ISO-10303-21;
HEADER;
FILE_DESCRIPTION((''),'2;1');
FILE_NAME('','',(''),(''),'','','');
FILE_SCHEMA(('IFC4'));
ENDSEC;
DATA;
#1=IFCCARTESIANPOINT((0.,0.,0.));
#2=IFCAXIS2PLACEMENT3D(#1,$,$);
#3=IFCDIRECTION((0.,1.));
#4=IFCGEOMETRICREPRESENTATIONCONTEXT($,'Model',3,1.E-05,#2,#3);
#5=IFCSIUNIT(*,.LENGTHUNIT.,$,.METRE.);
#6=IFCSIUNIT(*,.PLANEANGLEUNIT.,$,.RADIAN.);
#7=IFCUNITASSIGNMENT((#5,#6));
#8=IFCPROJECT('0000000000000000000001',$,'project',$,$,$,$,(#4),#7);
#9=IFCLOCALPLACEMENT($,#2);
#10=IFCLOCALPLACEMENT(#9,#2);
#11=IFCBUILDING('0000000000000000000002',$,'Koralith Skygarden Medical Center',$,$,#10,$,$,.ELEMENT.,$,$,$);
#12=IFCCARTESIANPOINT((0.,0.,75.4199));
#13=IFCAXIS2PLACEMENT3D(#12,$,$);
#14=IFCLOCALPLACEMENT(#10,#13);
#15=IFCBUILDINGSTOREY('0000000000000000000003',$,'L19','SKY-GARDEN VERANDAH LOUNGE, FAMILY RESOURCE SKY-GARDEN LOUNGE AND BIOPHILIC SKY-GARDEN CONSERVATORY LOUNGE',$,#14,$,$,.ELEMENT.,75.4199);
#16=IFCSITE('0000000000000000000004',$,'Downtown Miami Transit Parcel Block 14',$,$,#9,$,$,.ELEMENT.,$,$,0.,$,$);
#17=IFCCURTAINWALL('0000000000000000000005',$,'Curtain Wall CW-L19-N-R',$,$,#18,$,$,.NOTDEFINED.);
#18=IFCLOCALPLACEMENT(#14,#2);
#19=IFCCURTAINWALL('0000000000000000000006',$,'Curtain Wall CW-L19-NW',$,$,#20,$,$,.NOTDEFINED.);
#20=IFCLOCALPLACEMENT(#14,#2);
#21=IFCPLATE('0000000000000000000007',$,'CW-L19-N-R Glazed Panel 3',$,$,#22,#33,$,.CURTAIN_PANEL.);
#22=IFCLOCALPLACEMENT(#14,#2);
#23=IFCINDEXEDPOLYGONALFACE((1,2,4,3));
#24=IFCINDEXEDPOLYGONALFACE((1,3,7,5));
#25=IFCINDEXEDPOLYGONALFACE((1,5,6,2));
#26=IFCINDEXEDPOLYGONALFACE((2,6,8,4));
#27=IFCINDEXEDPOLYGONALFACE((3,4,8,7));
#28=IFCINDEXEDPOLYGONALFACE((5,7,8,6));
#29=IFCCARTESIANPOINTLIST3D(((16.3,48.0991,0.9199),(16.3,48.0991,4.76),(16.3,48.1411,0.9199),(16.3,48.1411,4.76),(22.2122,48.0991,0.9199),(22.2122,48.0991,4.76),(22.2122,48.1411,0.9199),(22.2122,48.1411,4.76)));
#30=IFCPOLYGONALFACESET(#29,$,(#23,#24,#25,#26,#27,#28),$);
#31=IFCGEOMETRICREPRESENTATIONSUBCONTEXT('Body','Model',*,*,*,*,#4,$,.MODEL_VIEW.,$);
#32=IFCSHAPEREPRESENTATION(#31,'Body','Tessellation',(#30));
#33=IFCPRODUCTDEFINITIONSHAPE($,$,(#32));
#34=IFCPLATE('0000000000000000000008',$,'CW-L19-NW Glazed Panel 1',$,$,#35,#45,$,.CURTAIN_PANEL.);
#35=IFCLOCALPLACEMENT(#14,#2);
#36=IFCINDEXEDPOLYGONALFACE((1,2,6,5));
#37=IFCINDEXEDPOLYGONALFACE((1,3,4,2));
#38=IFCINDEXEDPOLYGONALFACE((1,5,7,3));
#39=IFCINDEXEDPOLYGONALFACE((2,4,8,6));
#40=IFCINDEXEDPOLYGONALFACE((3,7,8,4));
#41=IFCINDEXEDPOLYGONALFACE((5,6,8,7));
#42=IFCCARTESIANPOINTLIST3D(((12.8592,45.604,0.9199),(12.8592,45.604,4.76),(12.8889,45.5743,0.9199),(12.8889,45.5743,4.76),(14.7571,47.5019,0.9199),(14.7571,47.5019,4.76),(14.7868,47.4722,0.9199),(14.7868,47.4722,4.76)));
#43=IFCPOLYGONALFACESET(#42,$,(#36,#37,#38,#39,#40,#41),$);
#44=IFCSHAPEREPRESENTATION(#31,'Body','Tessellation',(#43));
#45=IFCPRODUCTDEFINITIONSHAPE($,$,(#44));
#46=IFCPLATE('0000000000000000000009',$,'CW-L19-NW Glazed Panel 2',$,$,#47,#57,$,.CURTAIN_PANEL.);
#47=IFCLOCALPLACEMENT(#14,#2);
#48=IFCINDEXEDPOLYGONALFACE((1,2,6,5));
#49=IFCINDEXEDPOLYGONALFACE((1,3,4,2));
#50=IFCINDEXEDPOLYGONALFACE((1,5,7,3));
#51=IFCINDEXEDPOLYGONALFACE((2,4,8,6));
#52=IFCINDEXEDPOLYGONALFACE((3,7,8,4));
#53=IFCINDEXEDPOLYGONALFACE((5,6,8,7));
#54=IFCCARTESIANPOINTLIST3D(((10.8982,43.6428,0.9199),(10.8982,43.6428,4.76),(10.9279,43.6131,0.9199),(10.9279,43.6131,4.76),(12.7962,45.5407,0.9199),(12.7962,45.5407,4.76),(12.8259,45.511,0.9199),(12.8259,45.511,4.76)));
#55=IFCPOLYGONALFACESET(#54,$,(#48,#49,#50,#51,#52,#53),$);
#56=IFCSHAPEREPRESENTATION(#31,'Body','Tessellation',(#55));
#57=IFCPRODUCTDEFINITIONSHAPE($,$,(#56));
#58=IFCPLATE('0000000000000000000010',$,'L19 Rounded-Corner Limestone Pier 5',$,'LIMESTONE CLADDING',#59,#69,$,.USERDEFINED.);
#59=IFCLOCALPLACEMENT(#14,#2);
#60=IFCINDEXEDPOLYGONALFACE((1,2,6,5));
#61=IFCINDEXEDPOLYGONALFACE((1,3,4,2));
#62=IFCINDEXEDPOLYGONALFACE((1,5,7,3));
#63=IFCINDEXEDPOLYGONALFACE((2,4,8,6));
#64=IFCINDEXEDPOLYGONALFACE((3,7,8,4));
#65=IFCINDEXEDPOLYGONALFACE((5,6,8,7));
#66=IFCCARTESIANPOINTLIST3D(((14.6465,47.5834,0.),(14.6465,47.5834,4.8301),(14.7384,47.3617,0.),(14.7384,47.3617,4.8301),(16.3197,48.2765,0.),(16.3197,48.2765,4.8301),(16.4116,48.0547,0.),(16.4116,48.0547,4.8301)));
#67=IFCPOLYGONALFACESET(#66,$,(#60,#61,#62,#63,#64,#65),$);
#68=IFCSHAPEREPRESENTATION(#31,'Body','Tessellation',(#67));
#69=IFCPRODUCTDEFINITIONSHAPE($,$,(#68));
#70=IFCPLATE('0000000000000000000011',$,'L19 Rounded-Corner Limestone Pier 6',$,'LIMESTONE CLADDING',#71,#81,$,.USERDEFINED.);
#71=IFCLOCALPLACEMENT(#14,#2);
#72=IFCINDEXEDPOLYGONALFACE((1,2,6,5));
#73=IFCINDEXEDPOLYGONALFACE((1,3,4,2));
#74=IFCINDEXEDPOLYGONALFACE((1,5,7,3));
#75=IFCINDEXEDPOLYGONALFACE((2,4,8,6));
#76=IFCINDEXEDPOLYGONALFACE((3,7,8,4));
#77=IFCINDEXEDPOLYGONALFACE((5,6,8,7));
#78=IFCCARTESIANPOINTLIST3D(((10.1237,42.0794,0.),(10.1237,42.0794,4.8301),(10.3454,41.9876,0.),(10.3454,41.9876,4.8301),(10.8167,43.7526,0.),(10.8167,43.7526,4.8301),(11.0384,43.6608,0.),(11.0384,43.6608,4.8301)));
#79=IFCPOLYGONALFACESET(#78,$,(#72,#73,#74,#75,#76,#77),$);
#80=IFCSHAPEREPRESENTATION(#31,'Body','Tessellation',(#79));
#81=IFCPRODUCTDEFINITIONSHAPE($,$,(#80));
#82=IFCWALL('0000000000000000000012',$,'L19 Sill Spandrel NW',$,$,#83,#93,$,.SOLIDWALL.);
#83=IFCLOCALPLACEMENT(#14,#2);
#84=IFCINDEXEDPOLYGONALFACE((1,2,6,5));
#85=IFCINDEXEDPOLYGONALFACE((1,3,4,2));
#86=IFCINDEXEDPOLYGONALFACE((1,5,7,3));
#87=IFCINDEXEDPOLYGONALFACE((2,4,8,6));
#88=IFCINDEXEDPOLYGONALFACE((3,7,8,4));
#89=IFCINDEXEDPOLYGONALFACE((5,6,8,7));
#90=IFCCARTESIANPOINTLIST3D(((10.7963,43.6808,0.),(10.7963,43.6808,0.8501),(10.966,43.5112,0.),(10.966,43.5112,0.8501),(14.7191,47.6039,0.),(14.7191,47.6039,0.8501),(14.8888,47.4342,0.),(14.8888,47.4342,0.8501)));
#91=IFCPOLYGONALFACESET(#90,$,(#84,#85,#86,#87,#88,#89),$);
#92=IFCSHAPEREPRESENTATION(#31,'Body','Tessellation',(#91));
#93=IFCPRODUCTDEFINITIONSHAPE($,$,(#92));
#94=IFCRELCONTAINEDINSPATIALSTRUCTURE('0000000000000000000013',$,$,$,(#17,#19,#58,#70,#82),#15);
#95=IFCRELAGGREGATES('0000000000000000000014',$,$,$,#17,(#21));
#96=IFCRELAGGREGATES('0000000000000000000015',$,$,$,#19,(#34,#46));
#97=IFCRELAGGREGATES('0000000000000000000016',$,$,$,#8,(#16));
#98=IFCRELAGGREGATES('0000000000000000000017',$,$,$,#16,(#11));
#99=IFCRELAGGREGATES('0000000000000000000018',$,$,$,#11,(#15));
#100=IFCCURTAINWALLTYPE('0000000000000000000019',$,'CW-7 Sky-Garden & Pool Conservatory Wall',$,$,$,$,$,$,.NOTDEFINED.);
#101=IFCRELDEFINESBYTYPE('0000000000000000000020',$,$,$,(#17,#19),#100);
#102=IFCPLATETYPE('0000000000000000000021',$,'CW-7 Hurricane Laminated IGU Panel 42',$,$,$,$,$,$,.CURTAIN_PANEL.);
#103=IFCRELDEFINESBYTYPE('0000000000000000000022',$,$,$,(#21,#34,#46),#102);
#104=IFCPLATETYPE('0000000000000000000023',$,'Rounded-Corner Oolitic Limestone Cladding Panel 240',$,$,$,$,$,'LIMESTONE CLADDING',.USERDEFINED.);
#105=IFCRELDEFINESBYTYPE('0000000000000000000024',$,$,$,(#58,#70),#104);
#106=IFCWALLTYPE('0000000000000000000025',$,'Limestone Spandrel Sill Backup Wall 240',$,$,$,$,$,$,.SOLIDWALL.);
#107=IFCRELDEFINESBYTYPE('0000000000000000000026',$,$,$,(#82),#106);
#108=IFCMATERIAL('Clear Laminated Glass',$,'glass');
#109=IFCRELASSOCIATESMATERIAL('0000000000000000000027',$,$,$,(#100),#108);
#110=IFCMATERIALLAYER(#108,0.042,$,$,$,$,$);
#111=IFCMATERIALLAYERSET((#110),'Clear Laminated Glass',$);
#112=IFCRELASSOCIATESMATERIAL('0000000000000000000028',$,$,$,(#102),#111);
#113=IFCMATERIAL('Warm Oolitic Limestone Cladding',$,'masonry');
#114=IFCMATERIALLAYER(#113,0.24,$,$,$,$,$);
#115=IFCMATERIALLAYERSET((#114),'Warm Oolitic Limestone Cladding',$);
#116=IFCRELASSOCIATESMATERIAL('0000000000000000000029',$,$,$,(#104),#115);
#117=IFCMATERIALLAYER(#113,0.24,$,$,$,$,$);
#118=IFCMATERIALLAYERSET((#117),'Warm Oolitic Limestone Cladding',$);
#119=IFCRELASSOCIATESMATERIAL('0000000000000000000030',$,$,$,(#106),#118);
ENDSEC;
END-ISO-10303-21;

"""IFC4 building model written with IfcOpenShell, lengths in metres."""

from ifc_helpers import new_model, si_unit, direction, frame, frame_2d, origin, origin_2d, place, context, subcontext, project, spatial, rectangle, extrude, material, layer, layer_set, type_object, element, aggregate, save


model = new_model("IFC4")

# Units and contexts
model_context = context("Model", 3, precision=1e-05, world=origin(), true_north=direction((0.0, 1.0)))
body_context = subcontext(model_context, "Body", "Model", "MODEL_VIEW")
ifc_project = project(units=[si_unit("LENGTHUNIT", "METRE"), si_unit("PLANEANGLEUNIT", "RADIAN")], contexts=[model_context])

# Site, building, storey
site_placement = place(None, origin())
site = spatial("IfcSite", under=ifc_project, at=site_placement, Name="Downtown Miami Transit Parcel Block 14", CompositionType="ELEMENT", RefElevation=0.0)
building_placement = place(site_placement, origin())
building = spatial("IfcBuilding", under=site, at=building_placement, Name="Koralith Skygarden Medical Center", CompositionType="ELEMENT")
storey_placement = place(building_placement, frame((0.0, 0.0, 75.4199)))
storey = spatial("IfcBuildingStorey", under=building, at=storey_placement, Name="L19", Description="SKY-GARDEN VERANDAH LOUNGE, FAMILY RESOURCE SKY-GARDEN LOUNGE AND BIOPHILIC SKY-GARDEN CONSERVATORY LOUNGE", CompositionType="ELEMENT", Elevation=75.4199)

# Curtain walls
ifc_material_1 = material(Name="Clear Laminated Glass", Category="glass")
curtain_wall_type = type_object("IfcCurtainWallType", Name="CW-7 Sky-Garden & Pool Conservatory Wall", PredefinedType="NOTDEFINED", material=ifc_material_1)
curtain_wall_1_placement = place(storey_placement, origin())
curtain_wall_1 = element("IfcCurtainWall", 1, at=curtain_wall_1_placement, inside=storey, type_object=curtain_wall_type, Name="Curtain Wall CW-L19-N-R", PredefinedType="NOTDEFINED")
curtain_wall_2_placement = place(storey_placement, origin())
curtain_wall_2 = element("IfcCurtainWall", 2, at=curtain_wall_2_placement, inside=storey, type_object=curtain_wall_type, Name="Curtain Wall CW-L19-NW", PredefinedType="NOTDEFINED")

# Plates
ifc_layer_1 = layer(ifc_material_1, 0.042)
ifc_layer_set_1 = layer_set([ifc_layer_1], Name="Clear Laminated Glass")
plate_type_1 = type_object("IfcPlateType", Name="CW-7 Hurricane Laminated IGU Panel 42", PredefinedType="CURTAIN_PANEL", material=ifc_layer_set_1)
plate_1_placement = place(storey_placement, frame((19.2561, 48.1201, 0.9199), z_axis=(0.0, 0.0, 1.0), x_axis=(-1.0, 0.0, 0.0)))
plate_1 = element("IfcPlate", 3, at=plate_1_placement, type_object=plate_type_1, Name="CW-L19-N-R Glazed Panel 3", PredefinedType="CURTAIN_PANEL", context=body_context, shape_type="SweptSolid", body=[
    extrude(rectangle(XDim=5.9121, YDim=0.042, at=origin_2d()), origin(), (0.0, 0.0, 1.0), 3.8401),
])
aggregate(curtain_wall_1, [plate_1])
plate_2_placement = place(storey_placement, frame((13.823, 46.5381, 0.9199), z_axis=(0.0, 0.0, 1.0), x_axis=(-0.707107, -0.707107, 0.0)))
plate_2 = element("IfcPlate", 4, at=plate_2_placement, type_object=plate_type_1, Name="CW-L19-NW Glazed Panel 1", PredefinedType="CURTAIN_PANEL", context=body_context, shape_type="SweptSolid", body=[
    extrude(rectangle(XDim=2.6841, YDim=0.042, at=origin_2d()), origin(), (0.0, 0.0, 1.0), 3.8401),
])
plate_3_placement = place(storey_placement, frame((11.8621, 44.5769, 0.9199), z_axis=(0.0, 0.0, 1.0), x_axis=(-0.707107, -0.707107, 0.0)))
plate_3 = element("IfcPlate", 5, at=plate_3_placement, type_object=plate_type_1, Name="CW-L19-NW Glazed Panel 2", PredefinedType="CURTAIN_PANEL", context=body_context, shape_type="SweptSolid", body=[
    extrude(rectangle(XDim=2.6841, YDim=0.042, at=origin_2d()), origin(), (0.0, 0.0, 1.0), 3.8401),
])
aggregate(curtain_wall_2, [plate_2, plate_3])

# Plates
ifc_material_2 = material(Name="Warm Oolitic Limestone Cladding", Category="masonry")
ifc_layer_2 = layer(ifc_material_2, 0.24)
ifc_layer_set_2 = layer_set([ifc_layer_2], Name="Warm Oolitic Limestone Cladding")
plate_type_2 = type_object("IfcPlateType", Name="Rounded-Corner Oolitic Limestone Cladding Panel 240", ElementType="LIMESTONE CLADDING", PredefinedType="USERDEFINED", material=ifc_layer_set_2)
for number, where, z_axis, x_axis, name in (
    (6, (15.5291, 47.8191, 0.0), (0.0, 0.0, 1.0), (-0.923885, -0.382671, 0.0), "L19 Rounded-Corner Limestone Pier 5"),
    (7, (10.5811, 42.8701, 0.0), (0.0, 0.0, 1.0), (-0.382671, -0.923885, 0.0), "L19 Rounded-Corner Limestone Pier 6"),
):
    element("IfcPlate", number, at=place(storey_placement, frame(where, z_axis=z_axis, x_axis=x_axis)), inside=storey, type_object=plate_type_2, Name=name, ObjectType="LIMESTONE CLADDING", PredefinedType="USERDEFINED", context=body_context, shape_type="SweptSolid", body=[
        extrude(rectangle(XDim=1.811, YDim=0.24, at=origin_2d()), origin(), (0.0, 0.0, 1.0), 4.8301),
    ])

# Wall
ifc_layer_3 = layer(ifc_material_2, 0.24)
ifc_layer_set_3 = layer_set([ifc_layer_3], Name="Warm Oolitic Limestone Cladding")
wall_type = type_object("IfcWallType", Name="Limestone Spandrel Sill Backup Wall 240", PredefinedType="SOLIDWALL", material=ifc_layer_set_3)
wall_placement = place(storey_placement, frame((14.804, 47.519, 0.0), z_axis=(0.0, 0.0, 1.0), x_axis=(-0.707085, -0.707129, 0.0)))
element("IfcWall", 8, at=wall_placement, inside=storey, type_object=wall_type, Name="L19 Sill Spandrel NW", PredefinedType="SOLIDWALL", context=body_context, shape_type="SweptSolid", body=[
    extrude(rectangle(XDim=5.5479, YDim=0.24, at=frame_2d((2.7739, 0.0))), origin(), (0.0, 0.0, 1.0), 0.8501),
])

save(model, "model.ifc")
